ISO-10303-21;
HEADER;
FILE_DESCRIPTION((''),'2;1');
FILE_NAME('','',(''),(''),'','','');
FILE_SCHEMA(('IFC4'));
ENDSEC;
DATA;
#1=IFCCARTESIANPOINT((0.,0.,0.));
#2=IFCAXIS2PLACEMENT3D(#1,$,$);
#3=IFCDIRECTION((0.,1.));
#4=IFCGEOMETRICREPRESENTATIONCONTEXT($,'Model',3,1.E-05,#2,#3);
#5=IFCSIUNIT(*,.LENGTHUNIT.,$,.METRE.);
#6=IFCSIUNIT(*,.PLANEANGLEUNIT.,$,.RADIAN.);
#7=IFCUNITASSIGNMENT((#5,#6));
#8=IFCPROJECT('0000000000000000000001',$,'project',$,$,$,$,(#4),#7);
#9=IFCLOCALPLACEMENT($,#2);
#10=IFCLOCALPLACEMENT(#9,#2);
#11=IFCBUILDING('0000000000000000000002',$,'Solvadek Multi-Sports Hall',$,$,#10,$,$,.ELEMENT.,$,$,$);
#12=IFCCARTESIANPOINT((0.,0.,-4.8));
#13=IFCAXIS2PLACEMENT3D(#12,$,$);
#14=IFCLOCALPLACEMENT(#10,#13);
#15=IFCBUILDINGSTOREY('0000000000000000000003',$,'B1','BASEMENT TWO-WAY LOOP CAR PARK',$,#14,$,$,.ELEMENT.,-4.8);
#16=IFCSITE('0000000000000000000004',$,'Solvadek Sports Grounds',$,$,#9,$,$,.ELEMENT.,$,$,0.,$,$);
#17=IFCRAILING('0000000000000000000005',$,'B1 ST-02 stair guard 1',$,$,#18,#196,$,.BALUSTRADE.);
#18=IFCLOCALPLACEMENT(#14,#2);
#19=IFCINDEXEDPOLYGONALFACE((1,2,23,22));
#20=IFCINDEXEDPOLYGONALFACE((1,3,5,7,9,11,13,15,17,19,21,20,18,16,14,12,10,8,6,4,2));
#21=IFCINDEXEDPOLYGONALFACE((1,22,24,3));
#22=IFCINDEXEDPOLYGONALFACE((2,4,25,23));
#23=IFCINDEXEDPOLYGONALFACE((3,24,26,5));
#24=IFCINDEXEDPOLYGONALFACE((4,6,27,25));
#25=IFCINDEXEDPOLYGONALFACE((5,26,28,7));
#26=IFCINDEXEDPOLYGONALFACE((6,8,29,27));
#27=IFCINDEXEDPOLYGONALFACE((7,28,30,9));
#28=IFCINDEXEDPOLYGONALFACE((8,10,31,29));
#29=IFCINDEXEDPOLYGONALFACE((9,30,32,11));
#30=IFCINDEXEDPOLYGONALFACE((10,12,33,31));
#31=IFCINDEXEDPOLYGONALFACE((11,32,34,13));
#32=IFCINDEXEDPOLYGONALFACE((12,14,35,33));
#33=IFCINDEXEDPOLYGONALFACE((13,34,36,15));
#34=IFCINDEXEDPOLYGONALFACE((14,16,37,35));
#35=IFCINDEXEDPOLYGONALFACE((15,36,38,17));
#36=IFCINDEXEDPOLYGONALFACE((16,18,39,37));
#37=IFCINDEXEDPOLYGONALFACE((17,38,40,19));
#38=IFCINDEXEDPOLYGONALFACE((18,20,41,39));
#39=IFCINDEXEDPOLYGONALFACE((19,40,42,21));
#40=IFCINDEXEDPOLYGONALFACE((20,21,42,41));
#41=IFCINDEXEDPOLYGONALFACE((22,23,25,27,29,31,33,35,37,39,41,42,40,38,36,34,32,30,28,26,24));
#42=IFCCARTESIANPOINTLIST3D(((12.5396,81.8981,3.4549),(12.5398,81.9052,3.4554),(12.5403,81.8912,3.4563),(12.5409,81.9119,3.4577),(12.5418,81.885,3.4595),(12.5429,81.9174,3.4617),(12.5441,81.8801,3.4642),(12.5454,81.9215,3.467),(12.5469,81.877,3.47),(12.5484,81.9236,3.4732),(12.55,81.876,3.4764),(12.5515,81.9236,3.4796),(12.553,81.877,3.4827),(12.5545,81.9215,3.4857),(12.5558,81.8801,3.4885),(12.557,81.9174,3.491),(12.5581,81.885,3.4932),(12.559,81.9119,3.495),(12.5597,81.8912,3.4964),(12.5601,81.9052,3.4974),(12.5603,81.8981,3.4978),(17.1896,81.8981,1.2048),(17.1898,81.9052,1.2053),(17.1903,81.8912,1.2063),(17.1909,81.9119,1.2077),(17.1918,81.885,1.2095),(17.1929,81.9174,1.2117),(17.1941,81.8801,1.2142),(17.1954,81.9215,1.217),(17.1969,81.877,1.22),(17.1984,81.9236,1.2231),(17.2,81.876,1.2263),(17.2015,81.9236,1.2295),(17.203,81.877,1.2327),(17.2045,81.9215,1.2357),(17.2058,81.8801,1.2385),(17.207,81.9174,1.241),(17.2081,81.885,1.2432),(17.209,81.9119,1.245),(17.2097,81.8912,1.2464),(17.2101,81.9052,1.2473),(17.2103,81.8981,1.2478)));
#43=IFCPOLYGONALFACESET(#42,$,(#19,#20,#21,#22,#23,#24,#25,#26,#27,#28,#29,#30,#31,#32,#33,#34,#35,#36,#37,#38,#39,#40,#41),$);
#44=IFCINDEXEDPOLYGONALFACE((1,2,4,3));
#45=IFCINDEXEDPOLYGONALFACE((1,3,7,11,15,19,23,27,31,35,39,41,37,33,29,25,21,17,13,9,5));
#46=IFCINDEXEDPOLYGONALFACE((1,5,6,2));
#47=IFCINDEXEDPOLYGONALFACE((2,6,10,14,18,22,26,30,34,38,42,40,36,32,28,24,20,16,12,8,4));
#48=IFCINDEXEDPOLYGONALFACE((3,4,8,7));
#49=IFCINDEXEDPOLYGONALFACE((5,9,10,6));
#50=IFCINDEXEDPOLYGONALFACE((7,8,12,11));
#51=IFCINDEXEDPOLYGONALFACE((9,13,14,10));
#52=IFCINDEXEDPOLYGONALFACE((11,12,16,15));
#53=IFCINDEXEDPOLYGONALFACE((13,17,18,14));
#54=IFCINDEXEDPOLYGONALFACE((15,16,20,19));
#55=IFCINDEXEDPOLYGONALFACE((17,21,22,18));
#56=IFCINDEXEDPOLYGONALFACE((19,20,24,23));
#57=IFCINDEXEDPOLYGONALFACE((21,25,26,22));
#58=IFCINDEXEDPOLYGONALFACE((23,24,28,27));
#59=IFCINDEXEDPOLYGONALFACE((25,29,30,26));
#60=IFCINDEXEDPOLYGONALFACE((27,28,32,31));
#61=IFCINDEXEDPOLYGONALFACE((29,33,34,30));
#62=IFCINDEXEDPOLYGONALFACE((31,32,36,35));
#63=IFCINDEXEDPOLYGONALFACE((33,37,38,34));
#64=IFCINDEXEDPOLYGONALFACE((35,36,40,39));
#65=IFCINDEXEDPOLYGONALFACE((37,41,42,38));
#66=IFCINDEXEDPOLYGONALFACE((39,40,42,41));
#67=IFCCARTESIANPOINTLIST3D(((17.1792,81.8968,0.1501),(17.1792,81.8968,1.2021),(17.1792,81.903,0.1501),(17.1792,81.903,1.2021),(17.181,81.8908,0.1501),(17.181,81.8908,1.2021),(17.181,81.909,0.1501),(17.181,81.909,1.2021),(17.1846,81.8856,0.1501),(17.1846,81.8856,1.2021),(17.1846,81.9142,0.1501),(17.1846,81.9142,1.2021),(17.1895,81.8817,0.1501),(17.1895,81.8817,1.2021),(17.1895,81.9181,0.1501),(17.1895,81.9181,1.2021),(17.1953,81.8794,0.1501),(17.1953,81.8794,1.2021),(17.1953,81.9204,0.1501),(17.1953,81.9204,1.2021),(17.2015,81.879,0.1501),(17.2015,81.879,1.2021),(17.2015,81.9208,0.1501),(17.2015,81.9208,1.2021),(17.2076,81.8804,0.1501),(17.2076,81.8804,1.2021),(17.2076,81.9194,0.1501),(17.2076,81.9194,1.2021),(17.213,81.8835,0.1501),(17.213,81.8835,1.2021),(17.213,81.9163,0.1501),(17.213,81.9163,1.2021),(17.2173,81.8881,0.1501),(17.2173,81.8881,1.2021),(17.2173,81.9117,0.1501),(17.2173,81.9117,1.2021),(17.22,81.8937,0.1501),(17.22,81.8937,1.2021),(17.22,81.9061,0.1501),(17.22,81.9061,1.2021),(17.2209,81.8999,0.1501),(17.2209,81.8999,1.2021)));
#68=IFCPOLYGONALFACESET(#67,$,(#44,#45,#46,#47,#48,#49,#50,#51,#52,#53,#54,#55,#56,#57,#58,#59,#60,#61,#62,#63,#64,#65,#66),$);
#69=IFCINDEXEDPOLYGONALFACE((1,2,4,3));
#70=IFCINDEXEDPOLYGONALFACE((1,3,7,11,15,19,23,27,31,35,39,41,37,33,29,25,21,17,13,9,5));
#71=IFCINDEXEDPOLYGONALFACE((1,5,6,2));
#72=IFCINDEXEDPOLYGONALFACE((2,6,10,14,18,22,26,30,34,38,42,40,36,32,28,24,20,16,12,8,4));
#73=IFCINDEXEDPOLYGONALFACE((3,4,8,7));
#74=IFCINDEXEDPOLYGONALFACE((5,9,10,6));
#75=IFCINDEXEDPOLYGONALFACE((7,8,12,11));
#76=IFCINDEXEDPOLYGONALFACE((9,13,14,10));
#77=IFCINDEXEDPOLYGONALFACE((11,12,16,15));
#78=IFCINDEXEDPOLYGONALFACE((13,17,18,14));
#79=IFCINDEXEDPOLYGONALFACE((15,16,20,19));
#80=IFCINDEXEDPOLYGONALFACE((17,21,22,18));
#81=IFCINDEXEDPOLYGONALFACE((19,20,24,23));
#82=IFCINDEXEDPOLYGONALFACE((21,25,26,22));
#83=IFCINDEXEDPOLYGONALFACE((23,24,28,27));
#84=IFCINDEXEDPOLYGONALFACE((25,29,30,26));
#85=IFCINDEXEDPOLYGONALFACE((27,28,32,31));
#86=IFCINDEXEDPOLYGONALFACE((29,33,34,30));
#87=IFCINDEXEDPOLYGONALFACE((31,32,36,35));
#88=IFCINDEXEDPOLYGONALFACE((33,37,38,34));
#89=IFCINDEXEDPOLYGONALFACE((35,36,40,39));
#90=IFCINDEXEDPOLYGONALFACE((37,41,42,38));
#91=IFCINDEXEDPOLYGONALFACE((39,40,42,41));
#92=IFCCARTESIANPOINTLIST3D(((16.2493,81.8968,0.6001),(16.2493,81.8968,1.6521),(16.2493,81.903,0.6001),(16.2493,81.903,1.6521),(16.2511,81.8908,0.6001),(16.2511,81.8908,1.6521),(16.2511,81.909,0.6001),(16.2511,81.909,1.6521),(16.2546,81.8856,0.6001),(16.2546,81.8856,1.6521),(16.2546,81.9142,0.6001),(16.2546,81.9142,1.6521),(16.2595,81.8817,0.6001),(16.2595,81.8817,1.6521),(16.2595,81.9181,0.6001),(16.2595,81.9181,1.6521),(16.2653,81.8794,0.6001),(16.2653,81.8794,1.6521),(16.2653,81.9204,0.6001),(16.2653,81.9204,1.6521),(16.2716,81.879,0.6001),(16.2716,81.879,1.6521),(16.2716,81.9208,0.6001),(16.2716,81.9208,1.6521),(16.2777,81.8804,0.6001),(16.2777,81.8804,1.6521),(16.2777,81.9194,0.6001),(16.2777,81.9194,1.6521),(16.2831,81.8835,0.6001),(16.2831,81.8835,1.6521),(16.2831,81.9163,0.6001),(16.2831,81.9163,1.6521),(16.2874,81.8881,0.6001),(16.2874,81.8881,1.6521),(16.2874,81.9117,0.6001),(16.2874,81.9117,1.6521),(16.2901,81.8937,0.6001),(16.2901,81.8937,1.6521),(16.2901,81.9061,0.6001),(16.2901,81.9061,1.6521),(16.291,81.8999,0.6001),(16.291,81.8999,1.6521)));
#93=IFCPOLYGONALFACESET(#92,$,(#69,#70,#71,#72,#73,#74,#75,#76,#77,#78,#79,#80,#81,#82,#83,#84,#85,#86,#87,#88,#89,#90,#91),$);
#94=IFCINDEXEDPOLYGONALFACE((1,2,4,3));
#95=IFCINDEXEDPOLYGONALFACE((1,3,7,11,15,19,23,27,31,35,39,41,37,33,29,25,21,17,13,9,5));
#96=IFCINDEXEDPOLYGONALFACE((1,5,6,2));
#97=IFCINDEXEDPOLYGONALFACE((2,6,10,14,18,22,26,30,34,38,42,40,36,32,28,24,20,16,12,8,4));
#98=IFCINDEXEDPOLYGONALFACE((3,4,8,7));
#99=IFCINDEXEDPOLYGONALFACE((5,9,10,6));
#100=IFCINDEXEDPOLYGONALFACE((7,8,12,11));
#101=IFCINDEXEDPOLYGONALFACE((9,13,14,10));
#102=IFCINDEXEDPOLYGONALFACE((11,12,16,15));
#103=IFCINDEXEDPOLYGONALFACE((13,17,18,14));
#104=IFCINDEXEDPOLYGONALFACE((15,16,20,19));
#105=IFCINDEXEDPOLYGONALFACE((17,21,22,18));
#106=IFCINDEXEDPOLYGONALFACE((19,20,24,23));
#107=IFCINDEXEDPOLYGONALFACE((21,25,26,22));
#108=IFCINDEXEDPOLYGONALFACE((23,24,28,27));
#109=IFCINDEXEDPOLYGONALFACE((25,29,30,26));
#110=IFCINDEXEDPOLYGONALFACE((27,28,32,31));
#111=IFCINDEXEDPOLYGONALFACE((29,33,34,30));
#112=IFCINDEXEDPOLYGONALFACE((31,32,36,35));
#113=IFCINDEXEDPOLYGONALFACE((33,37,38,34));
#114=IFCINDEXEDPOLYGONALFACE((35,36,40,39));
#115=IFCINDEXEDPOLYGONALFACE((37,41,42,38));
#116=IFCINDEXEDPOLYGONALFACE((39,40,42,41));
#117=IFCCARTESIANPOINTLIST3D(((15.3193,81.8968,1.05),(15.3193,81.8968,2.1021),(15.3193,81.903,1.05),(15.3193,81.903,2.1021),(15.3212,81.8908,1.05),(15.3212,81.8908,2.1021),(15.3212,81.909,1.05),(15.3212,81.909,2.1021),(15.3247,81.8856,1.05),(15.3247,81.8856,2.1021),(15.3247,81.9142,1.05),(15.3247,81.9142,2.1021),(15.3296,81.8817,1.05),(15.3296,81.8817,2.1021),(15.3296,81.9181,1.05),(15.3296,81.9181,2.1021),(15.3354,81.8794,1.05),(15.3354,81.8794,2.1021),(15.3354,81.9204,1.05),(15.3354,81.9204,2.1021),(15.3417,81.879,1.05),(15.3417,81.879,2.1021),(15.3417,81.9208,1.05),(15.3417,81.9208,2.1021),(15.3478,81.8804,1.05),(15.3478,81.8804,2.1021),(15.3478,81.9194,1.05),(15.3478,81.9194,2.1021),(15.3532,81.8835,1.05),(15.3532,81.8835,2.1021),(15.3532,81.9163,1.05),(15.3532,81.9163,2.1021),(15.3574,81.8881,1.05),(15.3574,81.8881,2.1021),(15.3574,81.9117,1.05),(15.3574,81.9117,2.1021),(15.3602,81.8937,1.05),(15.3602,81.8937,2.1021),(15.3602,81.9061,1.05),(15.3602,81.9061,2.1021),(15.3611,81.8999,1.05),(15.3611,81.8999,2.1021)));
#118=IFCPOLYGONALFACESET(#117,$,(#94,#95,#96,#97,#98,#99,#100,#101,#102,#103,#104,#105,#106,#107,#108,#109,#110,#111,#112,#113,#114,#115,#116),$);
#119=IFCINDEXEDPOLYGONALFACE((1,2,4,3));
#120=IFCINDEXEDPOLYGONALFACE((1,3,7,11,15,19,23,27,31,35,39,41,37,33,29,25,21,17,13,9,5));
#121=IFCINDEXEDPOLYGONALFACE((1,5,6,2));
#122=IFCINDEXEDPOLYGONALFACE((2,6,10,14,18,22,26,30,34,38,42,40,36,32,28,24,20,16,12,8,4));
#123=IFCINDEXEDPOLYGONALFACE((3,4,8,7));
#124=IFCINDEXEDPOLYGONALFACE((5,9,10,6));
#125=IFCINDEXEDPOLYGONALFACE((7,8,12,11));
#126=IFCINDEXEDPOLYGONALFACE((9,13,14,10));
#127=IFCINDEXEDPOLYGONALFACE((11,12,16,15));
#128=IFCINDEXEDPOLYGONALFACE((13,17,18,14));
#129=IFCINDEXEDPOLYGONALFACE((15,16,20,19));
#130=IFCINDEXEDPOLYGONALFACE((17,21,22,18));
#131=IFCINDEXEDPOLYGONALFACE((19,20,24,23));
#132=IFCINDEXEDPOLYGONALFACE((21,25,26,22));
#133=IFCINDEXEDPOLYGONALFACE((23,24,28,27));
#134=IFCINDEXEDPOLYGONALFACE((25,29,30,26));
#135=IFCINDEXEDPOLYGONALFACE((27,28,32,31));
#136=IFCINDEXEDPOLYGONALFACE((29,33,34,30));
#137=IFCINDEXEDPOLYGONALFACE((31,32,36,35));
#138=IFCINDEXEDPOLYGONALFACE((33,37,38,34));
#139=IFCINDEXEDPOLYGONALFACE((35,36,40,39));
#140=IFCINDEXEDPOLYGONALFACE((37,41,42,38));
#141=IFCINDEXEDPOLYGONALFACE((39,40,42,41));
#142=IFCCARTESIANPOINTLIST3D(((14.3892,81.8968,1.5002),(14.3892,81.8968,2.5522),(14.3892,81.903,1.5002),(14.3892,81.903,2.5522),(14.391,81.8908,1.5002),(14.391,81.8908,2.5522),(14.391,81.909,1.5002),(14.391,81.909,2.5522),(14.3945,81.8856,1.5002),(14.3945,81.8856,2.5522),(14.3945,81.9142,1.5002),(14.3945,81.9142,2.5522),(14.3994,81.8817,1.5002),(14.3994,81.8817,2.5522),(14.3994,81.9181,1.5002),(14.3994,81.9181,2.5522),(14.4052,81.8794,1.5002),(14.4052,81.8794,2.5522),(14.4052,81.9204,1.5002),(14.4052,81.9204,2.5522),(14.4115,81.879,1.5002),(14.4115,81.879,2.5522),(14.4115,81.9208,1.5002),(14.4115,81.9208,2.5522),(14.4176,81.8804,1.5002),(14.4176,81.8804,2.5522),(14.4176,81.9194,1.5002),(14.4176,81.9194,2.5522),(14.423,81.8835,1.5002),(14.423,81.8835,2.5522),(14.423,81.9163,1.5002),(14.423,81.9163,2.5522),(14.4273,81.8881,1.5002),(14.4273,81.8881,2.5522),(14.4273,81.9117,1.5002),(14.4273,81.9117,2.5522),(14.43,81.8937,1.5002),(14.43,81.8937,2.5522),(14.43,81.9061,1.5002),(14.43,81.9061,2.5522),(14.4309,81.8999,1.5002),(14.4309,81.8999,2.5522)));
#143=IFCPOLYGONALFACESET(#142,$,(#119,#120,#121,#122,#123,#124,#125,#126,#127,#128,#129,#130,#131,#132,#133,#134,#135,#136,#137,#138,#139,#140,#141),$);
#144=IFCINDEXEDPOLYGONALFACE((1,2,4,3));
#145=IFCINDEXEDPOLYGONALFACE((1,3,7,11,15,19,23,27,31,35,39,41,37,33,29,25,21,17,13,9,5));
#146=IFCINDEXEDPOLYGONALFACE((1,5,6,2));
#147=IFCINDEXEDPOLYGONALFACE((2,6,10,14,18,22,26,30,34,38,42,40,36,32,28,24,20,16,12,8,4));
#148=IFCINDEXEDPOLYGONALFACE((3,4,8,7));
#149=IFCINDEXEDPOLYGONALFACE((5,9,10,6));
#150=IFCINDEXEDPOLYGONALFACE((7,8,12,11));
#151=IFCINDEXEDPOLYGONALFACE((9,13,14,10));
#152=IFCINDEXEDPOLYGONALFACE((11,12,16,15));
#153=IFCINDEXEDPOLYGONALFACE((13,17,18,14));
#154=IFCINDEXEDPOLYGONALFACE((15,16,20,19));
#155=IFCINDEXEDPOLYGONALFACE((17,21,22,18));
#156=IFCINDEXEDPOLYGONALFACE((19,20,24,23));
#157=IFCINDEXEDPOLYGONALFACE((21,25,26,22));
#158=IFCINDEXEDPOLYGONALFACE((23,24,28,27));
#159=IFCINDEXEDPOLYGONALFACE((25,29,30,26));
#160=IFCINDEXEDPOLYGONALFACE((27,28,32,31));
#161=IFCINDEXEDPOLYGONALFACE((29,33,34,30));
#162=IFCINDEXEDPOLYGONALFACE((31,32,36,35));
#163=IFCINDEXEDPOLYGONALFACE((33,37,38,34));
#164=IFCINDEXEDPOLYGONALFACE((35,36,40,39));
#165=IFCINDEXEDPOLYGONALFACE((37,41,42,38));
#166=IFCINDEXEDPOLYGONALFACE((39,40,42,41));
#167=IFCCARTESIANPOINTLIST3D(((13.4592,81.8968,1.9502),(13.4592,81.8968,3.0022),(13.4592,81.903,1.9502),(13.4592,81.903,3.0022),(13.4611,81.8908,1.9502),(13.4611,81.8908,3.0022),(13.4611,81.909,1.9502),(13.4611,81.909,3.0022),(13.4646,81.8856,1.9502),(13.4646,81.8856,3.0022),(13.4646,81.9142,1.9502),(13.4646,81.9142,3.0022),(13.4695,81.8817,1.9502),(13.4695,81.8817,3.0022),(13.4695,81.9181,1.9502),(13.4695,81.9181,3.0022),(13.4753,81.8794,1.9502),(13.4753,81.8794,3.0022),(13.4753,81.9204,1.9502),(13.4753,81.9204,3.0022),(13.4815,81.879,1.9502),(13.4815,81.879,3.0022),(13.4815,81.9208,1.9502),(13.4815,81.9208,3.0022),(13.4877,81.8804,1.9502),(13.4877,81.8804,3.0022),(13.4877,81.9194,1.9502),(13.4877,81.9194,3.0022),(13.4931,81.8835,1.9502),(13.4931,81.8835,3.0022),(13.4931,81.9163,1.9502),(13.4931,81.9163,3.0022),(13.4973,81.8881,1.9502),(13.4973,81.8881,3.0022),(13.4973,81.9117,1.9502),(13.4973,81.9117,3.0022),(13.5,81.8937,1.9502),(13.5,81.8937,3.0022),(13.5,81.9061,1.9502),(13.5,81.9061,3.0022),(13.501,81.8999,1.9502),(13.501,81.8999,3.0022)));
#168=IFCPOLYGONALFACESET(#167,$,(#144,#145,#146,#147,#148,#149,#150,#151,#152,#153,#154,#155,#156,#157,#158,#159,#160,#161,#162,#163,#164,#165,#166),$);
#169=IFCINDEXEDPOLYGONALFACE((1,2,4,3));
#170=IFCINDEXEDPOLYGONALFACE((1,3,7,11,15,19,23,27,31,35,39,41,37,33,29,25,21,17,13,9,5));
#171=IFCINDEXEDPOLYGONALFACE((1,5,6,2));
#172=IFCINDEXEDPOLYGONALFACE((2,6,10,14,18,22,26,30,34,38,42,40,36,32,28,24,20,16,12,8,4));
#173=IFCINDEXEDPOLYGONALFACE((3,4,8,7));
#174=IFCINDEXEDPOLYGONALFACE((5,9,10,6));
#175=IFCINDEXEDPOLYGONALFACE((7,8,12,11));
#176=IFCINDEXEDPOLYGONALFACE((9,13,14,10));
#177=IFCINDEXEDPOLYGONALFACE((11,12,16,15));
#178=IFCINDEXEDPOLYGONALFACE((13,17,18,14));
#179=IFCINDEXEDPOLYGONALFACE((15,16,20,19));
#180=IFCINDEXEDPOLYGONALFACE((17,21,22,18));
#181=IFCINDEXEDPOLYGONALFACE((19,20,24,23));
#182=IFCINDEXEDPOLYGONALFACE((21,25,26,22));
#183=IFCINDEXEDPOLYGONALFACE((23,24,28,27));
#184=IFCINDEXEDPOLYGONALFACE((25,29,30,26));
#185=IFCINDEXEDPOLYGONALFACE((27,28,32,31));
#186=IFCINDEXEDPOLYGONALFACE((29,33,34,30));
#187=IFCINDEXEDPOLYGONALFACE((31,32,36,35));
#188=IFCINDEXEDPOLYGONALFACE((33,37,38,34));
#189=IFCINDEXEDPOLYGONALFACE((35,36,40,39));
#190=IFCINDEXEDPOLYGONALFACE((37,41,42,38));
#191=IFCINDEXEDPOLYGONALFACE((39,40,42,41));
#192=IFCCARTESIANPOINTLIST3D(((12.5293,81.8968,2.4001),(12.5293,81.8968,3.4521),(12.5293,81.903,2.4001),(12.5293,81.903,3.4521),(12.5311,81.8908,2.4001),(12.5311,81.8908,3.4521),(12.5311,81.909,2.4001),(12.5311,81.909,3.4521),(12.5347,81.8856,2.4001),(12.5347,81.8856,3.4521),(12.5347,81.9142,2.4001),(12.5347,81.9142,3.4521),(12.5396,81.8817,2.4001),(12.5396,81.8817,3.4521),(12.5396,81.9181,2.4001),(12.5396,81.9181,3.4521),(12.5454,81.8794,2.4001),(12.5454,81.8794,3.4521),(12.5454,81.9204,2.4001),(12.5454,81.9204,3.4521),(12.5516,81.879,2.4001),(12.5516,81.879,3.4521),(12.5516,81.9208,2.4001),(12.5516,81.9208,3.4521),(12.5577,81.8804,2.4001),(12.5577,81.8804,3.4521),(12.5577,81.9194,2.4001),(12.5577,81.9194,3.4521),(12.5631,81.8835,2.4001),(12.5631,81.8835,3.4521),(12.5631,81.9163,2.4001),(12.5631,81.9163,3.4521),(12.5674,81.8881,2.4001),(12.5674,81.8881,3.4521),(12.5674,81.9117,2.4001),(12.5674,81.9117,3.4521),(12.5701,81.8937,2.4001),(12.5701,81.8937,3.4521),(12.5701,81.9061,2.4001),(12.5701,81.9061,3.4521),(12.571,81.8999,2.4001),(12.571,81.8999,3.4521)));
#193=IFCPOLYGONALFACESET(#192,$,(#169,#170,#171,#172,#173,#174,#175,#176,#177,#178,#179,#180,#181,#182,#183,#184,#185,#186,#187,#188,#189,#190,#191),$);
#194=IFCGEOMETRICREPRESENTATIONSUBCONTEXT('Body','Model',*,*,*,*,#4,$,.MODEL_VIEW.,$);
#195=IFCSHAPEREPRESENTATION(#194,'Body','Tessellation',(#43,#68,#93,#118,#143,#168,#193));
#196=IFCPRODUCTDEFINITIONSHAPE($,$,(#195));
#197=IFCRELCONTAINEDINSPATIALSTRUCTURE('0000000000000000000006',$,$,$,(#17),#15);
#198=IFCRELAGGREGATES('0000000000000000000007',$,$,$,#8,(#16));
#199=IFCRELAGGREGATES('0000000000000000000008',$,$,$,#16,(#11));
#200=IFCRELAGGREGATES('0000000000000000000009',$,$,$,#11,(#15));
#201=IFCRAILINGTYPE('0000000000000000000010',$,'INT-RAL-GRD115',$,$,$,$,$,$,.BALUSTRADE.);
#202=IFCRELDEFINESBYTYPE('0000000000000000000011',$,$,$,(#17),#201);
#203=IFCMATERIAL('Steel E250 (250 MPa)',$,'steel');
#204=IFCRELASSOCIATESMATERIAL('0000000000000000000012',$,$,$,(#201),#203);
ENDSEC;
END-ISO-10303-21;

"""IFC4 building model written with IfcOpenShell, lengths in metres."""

from ifc_helpers import new_model, si_unit, direction, frame, origin, origin_2d, place, context, subcontext, project, spatial, circle, extrude, material, type_object, element, save


model = new_model("IFC4")

# Units and contexts
model_context = context("Model", 3, precision=1e-05, world=origin(), true_north=direction((0.0, 1.0)))
body_context = subcontext(model_context, "Body", "Model", "MODEL_VIEW")
ifc_project = project(units=[si_unit("LENGTHUNIT", "METRE"), si_unit("PLANEANGLEUNIT", "RADIAN")], contexts=[model_context])

# Site, building, storey
site_placement = place(None, origin())
site = spatial("IfcSite", under=ifc_project, at=site_placement, Name="Solvadek Sports Grounds", CompositionType="ELEMENT", RefElevation=0.0)
building_placement = place(site_placement, origin())
building = spatial("IfcBuilding", under=site, at=building_placement, Name="Solvadek Multi-Sports Hall", CompositionType="ELEMENT")
storey_placement = place(building_placement, frame((0.0, 0.0, -4.8)))
storey = spatial("IfcBuildingStorey", under=building, at=storey_placement, Name="B1", Description="BASEMENT TWO-WAY LOOP CAR PARK", CompositionType="ELEMENT", Elevation=-4.8)

# Shared definitions
ifc_material_1 = material(Name="Steel E250 (250 MPa)", Category="steel")

# Railing
railing_type = type_object("IfcRailingType", Name="INT-RAL-GRD115", PredefinedType="BALUSTRADE", material=ifc_material_1)
railing_1_placement = place(storey_placement, frame((17.2, 81.8999, 0.1501)))
element("IfcRailing", 1, at=railing_1_placement, inside=storey, type_object=railing_type, Name="B1 ST-02 stair guard 1", PredefinedType="BALUSTRADE", context=body_context, shape_type="SweptSolid", body=[
    extrude(circle(Radius=0.0239, at=origin_2d()), frame((0.0, 0.0, 1.0762), z_axis=(-0.900156, 0.0, 0.435568), x_axis=(0.0, -1.0, 0.0)), (0.0, 0.0, 1.0), 5.1658),
    extrude(circle(Radius=0.021, at=origin_2d()), origin(), (0.0, 0.0, 1.0), 1.052),
    extrude(circle(Radius=0.021, at=origin_2d()), frame((-0.9299, 0.0, 0.45)), (0.0, 0.0, 1.0), 1.052),
    extrude(circle(Radius=0.021, at=origin_2d()), frame((-1.8599, 0.0, 0.8999)), (0.0, 0.0, 1.0), 1.052),
    extrude(circle(Radius=0.021, at=origin_2d()), frame((-2.79, 0.0, 1.3501)), (0.0, 0.0, 1.0), 1.052),
    extrude(circle(Radius=0.021, at=origin_2d()), frame((-3.72, 0.0, 1.8)), (0.0, 0.0, 1.0), 1.052),
    extrude(circle(Radius=0.021, at=origin_2d()), frame((-4.6499, 0.0, 2.25)), (0.0, 0.0, 1.0), 1.052),
])

save(model, "model.ifc")
